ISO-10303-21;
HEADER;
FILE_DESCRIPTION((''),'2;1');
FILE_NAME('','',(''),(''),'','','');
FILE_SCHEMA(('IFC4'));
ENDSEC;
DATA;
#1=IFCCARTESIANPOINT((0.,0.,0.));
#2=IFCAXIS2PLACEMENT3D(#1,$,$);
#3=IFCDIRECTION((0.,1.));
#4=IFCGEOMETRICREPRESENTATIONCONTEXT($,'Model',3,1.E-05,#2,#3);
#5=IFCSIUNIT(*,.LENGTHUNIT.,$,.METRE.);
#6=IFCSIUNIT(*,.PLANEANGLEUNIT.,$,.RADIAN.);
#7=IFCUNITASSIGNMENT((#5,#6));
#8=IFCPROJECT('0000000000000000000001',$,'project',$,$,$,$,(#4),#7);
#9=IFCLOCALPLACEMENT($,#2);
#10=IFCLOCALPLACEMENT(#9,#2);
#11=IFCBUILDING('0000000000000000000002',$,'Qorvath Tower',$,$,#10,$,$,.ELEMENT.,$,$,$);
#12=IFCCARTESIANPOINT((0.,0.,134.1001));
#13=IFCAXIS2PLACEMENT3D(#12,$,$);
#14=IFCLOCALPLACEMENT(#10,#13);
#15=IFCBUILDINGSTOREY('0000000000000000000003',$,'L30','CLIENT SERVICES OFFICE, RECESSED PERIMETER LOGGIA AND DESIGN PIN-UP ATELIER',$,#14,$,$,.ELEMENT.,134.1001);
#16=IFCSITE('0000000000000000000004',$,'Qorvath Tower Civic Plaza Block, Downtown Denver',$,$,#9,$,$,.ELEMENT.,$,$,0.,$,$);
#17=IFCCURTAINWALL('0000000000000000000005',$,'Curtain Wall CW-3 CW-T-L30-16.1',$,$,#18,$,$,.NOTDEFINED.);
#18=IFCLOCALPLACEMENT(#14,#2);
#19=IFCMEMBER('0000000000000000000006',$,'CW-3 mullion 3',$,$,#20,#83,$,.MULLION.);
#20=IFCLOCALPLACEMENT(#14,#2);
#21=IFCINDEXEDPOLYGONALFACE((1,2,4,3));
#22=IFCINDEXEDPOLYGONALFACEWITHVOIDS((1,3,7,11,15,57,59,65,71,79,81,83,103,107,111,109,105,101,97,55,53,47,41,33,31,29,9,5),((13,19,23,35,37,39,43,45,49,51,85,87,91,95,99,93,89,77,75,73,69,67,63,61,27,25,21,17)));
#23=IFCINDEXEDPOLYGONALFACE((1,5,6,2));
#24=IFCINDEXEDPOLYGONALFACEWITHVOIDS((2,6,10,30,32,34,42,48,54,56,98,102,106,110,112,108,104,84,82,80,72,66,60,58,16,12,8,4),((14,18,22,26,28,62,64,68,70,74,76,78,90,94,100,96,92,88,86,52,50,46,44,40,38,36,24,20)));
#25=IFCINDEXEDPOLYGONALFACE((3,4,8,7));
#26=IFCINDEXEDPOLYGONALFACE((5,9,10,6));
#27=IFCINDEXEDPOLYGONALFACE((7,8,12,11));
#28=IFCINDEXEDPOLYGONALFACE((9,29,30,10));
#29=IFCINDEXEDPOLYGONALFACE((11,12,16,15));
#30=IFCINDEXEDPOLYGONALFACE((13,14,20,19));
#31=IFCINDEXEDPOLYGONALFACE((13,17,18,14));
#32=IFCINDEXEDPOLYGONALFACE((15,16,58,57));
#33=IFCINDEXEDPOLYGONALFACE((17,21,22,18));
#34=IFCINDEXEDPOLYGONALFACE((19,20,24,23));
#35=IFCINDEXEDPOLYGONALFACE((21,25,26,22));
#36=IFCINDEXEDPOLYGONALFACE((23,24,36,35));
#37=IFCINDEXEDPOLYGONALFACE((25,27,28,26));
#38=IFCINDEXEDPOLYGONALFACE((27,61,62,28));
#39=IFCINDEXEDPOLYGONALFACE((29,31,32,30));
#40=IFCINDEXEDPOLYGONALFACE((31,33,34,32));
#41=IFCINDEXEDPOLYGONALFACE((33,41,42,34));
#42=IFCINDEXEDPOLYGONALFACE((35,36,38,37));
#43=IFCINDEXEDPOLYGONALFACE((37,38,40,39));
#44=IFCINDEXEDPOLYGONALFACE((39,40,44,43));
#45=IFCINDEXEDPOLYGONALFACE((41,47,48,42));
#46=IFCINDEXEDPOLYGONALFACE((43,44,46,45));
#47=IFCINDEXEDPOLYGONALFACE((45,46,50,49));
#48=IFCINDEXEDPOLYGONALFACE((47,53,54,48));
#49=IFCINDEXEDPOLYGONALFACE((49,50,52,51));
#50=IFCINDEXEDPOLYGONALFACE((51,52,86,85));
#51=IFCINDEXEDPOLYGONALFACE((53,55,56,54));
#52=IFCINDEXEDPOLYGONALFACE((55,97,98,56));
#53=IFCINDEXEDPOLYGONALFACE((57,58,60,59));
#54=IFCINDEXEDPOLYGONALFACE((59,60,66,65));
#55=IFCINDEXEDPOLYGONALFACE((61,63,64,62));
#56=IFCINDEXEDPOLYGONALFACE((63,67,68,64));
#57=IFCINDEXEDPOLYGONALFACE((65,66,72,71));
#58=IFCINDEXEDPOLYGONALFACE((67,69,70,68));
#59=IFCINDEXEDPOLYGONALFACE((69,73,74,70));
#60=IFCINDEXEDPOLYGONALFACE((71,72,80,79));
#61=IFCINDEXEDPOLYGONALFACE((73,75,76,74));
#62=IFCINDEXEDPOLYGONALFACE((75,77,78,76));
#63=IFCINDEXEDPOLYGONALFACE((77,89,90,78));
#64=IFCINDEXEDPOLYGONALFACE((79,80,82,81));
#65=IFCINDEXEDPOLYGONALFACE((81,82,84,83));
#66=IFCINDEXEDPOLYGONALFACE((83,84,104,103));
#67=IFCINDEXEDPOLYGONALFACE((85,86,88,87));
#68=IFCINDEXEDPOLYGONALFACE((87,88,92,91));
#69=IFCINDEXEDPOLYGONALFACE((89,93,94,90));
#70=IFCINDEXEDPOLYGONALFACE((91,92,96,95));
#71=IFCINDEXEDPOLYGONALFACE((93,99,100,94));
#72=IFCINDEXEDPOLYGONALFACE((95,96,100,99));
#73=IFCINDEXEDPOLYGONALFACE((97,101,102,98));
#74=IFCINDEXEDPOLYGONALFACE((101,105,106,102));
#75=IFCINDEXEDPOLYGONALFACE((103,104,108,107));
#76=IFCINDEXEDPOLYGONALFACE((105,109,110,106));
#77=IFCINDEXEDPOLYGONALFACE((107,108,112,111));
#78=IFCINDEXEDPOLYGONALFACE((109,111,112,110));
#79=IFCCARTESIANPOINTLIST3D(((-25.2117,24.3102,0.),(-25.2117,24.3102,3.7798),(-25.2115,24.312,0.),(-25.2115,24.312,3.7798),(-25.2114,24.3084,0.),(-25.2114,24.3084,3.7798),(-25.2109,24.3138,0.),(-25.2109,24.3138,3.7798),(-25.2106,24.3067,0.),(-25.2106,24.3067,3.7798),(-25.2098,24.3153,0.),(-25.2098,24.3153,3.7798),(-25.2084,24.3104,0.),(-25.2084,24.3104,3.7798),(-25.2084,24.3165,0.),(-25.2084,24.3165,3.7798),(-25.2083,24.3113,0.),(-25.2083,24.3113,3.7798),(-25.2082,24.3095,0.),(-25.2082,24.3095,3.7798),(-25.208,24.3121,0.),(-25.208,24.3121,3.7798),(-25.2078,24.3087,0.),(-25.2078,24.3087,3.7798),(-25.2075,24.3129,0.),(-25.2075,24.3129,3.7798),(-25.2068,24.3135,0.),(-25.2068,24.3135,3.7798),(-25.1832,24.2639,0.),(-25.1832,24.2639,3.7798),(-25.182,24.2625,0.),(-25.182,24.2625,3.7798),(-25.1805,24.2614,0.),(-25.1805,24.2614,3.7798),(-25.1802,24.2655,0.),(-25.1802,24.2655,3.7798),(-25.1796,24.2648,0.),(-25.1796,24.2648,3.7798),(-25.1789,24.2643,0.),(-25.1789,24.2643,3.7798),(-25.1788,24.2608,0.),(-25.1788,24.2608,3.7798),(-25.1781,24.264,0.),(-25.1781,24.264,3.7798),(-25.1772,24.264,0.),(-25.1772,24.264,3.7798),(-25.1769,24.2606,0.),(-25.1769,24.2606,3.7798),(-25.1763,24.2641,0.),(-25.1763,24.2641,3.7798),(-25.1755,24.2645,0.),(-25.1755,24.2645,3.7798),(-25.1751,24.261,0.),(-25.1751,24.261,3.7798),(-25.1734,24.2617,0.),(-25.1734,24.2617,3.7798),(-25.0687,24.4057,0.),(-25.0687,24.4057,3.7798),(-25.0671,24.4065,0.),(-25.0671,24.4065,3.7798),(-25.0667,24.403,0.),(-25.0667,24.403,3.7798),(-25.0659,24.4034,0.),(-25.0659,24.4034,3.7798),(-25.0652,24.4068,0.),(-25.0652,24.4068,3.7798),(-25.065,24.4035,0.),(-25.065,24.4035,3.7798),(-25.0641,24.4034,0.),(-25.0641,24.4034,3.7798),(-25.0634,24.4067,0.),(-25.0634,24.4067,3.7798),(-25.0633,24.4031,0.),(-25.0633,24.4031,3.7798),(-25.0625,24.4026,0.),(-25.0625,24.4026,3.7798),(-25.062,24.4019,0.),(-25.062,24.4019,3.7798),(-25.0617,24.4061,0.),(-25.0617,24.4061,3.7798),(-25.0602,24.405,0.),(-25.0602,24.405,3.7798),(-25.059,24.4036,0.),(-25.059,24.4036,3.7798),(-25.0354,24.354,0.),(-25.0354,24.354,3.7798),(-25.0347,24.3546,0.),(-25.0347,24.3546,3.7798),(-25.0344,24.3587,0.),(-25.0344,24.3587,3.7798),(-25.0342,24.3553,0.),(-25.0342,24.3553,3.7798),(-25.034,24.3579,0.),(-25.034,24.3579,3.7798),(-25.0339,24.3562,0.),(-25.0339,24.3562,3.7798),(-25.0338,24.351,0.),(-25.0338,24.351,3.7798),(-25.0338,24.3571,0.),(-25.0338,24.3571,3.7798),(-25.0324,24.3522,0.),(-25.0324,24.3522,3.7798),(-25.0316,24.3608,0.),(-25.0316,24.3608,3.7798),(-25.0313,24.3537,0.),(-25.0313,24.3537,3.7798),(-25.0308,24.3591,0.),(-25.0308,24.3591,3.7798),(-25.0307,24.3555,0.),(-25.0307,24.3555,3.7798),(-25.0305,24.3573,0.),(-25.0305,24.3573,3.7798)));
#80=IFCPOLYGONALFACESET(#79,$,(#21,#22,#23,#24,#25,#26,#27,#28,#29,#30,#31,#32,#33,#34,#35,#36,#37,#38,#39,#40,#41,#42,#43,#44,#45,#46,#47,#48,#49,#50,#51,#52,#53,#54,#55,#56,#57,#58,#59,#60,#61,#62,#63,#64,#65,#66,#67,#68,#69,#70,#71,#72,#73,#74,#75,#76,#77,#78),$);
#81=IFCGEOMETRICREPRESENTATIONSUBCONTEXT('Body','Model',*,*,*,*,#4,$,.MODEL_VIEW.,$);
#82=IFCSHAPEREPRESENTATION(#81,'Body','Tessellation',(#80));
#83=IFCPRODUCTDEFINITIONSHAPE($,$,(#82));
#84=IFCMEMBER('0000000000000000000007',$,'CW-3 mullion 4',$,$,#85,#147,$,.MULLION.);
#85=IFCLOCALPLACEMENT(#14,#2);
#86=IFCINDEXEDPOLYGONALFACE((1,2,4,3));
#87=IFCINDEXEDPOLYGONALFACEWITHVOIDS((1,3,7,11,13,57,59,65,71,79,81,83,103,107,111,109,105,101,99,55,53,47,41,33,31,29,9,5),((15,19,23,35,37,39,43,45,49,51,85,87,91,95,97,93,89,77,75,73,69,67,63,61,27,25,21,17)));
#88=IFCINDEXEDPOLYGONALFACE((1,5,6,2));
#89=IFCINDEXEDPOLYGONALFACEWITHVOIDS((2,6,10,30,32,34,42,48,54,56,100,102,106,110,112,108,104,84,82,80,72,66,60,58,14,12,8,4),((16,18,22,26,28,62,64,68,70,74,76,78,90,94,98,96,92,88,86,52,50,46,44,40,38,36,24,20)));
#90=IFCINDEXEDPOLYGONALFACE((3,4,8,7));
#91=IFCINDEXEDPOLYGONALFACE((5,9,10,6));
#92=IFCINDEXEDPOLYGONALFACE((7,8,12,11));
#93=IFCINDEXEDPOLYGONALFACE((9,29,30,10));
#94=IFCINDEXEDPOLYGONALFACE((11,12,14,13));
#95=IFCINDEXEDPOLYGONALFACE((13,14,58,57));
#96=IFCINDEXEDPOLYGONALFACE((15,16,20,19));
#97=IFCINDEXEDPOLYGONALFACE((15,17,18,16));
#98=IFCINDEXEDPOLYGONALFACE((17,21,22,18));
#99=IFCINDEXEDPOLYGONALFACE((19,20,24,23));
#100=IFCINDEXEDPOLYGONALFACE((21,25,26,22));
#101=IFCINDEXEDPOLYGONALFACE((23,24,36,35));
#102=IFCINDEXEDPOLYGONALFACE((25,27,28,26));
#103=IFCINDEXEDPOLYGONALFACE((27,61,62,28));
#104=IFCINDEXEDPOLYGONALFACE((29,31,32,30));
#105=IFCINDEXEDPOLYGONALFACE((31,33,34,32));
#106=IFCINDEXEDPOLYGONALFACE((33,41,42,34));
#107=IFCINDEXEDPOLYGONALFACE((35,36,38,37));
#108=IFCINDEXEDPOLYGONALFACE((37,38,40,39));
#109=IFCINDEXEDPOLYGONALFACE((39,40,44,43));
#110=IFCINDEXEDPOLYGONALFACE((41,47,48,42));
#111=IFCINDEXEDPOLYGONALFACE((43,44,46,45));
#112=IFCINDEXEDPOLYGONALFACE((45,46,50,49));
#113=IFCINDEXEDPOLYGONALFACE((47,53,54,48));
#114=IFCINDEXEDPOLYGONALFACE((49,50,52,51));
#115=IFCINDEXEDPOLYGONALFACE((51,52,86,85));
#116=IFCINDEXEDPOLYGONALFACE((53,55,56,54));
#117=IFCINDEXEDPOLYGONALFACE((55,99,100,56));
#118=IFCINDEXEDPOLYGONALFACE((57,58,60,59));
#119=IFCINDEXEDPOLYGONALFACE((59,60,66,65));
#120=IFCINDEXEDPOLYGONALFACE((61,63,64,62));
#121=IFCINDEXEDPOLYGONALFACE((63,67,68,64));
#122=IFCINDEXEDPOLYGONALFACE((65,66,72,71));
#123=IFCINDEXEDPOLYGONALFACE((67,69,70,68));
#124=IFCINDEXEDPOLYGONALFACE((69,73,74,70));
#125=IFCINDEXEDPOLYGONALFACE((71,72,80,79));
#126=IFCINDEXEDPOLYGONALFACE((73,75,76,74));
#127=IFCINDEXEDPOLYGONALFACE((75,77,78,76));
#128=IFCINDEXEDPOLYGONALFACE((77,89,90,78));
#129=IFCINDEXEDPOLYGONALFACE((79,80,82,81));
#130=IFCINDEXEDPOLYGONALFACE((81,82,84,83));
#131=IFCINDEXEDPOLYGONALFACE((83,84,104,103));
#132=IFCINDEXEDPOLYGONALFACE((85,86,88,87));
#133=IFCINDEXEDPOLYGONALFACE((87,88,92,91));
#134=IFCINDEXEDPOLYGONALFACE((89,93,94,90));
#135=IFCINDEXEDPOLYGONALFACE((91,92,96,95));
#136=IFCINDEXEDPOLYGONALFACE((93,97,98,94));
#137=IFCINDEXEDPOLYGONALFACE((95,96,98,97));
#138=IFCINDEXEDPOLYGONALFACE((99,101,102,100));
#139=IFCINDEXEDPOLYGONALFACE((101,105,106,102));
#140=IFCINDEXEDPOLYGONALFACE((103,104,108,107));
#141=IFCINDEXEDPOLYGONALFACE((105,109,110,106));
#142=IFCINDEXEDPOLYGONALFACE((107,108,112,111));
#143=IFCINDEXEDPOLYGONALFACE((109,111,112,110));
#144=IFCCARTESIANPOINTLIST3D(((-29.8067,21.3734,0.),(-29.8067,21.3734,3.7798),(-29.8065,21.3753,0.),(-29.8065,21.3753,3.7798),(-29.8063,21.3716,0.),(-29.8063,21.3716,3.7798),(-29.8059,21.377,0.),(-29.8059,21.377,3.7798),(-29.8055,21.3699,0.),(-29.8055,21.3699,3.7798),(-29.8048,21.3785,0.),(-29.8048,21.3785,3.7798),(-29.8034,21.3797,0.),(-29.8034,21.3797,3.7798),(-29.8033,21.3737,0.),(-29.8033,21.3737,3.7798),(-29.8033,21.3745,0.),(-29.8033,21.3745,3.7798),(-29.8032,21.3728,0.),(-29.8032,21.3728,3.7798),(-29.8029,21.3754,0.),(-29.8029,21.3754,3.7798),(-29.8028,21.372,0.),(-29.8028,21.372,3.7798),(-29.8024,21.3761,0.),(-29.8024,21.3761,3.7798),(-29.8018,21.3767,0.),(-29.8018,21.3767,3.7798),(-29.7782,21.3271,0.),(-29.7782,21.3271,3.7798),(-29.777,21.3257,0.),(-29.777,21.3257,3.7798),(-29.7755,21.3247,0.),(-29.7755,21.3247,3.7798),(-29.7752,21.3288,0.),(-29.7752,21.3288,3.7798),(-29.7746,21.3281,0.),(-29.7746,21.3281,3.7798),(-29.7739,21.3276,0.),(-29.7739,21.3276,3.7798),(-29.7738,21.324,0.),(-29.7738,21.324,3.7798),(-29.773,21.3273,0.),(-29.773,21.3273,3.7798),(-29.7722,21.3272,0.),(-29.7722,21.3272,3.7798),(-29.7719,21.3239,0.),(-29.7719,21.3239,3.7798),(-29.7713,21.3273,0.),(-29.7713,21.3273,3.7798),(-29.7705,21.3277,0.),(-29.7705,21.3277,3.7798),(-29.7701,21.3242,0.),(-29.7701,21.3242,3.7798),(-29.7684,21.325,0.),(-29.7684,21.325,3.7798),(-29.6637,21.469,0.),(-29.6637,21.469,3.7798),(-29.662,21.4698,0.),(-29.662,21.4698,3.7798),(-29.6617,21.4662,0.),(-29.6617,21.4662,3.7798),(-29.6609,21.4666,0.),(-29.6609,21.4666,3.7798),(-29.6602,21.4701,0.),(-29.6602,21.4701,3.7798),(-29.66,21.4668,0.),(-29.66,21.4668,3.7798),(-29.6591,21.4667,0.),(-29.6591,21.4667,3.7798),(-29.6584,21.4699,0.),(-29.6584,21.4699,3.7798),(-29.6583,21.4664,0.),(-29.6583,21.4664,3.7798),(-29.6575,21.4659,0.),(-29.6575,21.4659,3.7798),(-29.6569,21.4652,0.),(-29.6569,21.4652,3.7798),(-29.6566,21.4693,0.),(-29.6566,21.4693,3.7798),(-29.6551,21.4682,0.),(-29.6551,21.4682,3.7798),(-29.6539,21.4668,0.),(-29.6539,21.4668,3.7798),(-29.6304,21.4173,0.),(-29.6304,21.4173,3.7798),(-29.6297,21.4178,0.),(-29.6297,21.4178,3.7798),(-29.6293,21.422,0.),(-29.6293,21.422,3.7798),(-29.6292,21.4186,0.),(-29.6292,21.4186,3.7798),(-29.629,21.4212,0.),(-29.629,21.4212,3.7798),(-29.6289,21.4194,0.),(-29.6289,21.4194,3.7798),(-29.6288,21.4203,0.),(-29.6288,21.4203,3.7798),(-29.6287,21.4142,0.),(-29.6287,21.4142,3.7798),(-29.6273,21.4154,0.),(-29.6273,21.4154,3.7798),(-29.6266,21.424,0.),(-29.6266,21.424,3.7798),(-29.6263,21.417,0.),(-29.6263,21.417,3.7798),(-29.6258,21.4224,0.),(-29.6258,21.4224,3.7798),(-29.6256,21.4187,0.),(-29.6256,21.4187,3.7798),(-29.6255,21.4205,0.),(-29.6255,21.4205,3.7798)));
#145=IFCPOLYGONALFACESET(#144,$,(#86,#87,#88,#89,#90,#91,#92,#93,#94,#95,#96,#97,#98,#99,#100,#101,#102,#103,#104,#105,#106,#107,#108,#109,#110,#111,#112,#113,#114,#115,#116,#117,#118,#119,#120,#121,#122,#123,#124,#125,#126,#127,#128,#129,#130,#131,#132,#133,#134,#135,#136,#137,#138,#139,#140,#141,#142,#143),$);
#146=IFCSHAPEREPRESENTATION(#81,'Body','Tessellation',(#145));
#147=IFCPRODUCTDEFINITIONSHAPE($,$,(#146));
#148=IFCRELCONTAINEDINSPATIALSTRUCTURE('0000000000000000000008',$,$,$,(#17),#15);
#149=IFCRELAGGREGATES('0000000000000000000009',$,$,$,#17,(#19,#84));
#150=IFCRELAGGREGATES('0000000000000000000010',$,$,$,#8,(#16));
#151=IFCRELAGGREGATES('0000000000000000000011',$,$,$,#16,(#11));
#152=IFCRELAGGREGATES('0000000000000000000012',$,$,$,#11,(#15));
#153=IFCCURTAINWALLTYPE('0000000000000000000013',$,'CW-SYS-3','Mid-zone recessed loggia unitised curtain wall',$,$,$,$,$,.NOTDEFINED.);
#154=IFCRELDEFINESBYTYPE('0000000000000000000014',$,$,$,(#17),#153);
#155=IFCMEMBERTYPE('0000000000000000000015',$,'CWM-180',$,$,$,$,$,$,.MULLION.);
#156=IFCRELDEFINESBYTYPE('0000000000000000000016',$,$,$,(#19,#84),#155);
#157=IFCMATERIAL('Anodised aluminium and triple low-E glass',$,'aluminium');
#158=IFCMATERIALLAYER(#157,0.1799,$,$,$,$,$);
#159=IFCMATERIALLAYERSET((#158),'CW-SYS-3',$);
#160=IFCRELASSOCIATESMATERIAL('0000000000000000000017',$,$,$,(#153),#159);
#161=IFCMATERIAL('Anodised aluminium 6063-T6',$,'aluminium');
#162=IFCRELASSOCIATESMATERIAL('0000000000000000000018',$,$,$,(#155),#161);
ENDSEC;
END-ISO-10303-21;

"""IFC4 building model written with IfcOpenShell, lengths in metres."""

from ifc_helpers import new_model, si_unit, direction, frame, origin, origin_2d, place, context, subcontext, project, spatial, hollow_rectangle, extrude, material, layer, layer_set, material_profile, profile_set, type_object, element, aggregate, save


model = new_model("IFC4")

# Units and contexts
model_context = context("Model", 3, precision=1e-05, world=origin(), true_north=direction((0.0, 1.0)))
body_context = subcontext(model_context, "Body", "Model", "MODEL_VIEW")
ifc_project = project(units=[si_unit("LENGTHUNIT", "METRE"), si_unit("PLANEANGLEUNIT", "RADIAN")], contexts=[model_context])

# Site, building, storey
site_placement = place(None, origin())
site = spatial("IfcSite", under=ifc_project, at=site_placement, Name="Qorvath Tower Civic Plaza Block, Downtown Denver", CompositionType="ELEMENT", RefElevation=0.0)
building_placement = place(site_placement, origin())
building = spatial("IfcBuilding", under=site, at=building_placement, Name="Qorvath Tower", CompositionType="ELEMENT")
storey_placement = place(building_placement, frame((0.0, 0.0, 134.1001)))
storey = spatial("IfcBuildingStorey", under=building, at=storey_placement, Name="L30", Description="CLIENT SERVICES OFFICE, RECESSED PERIMETER LOGGIA AND DESIGN PIN-UP ATELIER", CompositionType="ELEMENT", Elevation=134.1001)

# Curtain wall, members
ifc_material_1 = material(Name="Anodised aluminium and triple low-E glass", Category="aluminium")
ifc_layer_1 = layer(ifc_material_1, 0.1799)
ifc_layer_set_1 = layer_set([ifc_layer_1], Name="CW-SYS-3")
curtain_wall_type = type_object("IfcCurtainWallType", Name="CW-SYS-3", Description="Mid-zone recessed loggia unitised curtain wall", PredefinedType="NOTDEFINED", material=ifc_layer_set_1)
curtain_wall_placement = place(storey_placement, origin())
curtain_wall = element("IfcCurtainWall", 1, at=curtain_wall_placement, inside=storey, type_object=curtain_wall_type, Name="Curtain Wall CW-3 CW-T-L30-16.1", PredefinedType="NOTDEFINED")
ifc_material_2 = material(Name="Anodised aluminium 6063-T6", Category="aluminium")
ifc_material_profile_1 = material_profile(ifc_material_2, hollow_rectangle(XDim=0.0649, YDim=0.1799, WallThickness=0.0034, InnerFilletRadius=0.0034, OuterFilletRadius=0.0071, at=origin_2d()), Name="CWM 180x65")
ifc_profile_set_1 = profile_set([ifc_material_profile_1], Name="Anodised aluminium 6063-T6")
member_type_1 = type_object("IfcMemberType", Name="CWM-180", PredefinedType="MULLION", material=ifc_profile_set_1)
member_1_placement = place(storey_placement, frame((-25.1211, 24.3337, 0.0), z_axis=(0.0, 0.0, 1.0), x_axis=(0.538534, -0.842604, 0.0)))
member_1 = element("IfcMember", 2, at=member_1_placement, type_object=member_type_1, Name="CW-3 mullion 3", PredefinedType="MULLION", context=body_context, shape_type="SweptSolid", body=[
    extrude(hollow_rectangle(XDim=0.0649, YDim=0.1799, WallThickness=0.0034, InnerFilletRadius=0.0034, OuterFilletRadius=0.0071, at=origin_2d()), origin(), (0.0, 0.0, 1.0), 3.7798),
])
member_2_placement = place(storey_placement, frame((-29.7161, 21.397, 0.0), z_axis=(0.0, 0.0, 1.0), x_axis=(0.538534, -0.842604, 0.0)))
member_2 = element("IfcMember", 3, at=member_2_placement, type_object=member_type_1, Name="CW-3 mullion 4", PredefinedType="MULLION", context=body_context, shape_type="SweptSolid", body=[
    extrude(hollow_rectangle(XDim=0.0649, YDim=0.1799, WallThickness=0.0034, InnerFilletRadius=0.0034, OuterFilletRadius=0.0071, at=origin_2d()), origin(), (0.0, 0.0, 1.0), 3.7798),
])
aggregate(curtain_wall, [member_1, member_2])

save(model, "model.ifc")
